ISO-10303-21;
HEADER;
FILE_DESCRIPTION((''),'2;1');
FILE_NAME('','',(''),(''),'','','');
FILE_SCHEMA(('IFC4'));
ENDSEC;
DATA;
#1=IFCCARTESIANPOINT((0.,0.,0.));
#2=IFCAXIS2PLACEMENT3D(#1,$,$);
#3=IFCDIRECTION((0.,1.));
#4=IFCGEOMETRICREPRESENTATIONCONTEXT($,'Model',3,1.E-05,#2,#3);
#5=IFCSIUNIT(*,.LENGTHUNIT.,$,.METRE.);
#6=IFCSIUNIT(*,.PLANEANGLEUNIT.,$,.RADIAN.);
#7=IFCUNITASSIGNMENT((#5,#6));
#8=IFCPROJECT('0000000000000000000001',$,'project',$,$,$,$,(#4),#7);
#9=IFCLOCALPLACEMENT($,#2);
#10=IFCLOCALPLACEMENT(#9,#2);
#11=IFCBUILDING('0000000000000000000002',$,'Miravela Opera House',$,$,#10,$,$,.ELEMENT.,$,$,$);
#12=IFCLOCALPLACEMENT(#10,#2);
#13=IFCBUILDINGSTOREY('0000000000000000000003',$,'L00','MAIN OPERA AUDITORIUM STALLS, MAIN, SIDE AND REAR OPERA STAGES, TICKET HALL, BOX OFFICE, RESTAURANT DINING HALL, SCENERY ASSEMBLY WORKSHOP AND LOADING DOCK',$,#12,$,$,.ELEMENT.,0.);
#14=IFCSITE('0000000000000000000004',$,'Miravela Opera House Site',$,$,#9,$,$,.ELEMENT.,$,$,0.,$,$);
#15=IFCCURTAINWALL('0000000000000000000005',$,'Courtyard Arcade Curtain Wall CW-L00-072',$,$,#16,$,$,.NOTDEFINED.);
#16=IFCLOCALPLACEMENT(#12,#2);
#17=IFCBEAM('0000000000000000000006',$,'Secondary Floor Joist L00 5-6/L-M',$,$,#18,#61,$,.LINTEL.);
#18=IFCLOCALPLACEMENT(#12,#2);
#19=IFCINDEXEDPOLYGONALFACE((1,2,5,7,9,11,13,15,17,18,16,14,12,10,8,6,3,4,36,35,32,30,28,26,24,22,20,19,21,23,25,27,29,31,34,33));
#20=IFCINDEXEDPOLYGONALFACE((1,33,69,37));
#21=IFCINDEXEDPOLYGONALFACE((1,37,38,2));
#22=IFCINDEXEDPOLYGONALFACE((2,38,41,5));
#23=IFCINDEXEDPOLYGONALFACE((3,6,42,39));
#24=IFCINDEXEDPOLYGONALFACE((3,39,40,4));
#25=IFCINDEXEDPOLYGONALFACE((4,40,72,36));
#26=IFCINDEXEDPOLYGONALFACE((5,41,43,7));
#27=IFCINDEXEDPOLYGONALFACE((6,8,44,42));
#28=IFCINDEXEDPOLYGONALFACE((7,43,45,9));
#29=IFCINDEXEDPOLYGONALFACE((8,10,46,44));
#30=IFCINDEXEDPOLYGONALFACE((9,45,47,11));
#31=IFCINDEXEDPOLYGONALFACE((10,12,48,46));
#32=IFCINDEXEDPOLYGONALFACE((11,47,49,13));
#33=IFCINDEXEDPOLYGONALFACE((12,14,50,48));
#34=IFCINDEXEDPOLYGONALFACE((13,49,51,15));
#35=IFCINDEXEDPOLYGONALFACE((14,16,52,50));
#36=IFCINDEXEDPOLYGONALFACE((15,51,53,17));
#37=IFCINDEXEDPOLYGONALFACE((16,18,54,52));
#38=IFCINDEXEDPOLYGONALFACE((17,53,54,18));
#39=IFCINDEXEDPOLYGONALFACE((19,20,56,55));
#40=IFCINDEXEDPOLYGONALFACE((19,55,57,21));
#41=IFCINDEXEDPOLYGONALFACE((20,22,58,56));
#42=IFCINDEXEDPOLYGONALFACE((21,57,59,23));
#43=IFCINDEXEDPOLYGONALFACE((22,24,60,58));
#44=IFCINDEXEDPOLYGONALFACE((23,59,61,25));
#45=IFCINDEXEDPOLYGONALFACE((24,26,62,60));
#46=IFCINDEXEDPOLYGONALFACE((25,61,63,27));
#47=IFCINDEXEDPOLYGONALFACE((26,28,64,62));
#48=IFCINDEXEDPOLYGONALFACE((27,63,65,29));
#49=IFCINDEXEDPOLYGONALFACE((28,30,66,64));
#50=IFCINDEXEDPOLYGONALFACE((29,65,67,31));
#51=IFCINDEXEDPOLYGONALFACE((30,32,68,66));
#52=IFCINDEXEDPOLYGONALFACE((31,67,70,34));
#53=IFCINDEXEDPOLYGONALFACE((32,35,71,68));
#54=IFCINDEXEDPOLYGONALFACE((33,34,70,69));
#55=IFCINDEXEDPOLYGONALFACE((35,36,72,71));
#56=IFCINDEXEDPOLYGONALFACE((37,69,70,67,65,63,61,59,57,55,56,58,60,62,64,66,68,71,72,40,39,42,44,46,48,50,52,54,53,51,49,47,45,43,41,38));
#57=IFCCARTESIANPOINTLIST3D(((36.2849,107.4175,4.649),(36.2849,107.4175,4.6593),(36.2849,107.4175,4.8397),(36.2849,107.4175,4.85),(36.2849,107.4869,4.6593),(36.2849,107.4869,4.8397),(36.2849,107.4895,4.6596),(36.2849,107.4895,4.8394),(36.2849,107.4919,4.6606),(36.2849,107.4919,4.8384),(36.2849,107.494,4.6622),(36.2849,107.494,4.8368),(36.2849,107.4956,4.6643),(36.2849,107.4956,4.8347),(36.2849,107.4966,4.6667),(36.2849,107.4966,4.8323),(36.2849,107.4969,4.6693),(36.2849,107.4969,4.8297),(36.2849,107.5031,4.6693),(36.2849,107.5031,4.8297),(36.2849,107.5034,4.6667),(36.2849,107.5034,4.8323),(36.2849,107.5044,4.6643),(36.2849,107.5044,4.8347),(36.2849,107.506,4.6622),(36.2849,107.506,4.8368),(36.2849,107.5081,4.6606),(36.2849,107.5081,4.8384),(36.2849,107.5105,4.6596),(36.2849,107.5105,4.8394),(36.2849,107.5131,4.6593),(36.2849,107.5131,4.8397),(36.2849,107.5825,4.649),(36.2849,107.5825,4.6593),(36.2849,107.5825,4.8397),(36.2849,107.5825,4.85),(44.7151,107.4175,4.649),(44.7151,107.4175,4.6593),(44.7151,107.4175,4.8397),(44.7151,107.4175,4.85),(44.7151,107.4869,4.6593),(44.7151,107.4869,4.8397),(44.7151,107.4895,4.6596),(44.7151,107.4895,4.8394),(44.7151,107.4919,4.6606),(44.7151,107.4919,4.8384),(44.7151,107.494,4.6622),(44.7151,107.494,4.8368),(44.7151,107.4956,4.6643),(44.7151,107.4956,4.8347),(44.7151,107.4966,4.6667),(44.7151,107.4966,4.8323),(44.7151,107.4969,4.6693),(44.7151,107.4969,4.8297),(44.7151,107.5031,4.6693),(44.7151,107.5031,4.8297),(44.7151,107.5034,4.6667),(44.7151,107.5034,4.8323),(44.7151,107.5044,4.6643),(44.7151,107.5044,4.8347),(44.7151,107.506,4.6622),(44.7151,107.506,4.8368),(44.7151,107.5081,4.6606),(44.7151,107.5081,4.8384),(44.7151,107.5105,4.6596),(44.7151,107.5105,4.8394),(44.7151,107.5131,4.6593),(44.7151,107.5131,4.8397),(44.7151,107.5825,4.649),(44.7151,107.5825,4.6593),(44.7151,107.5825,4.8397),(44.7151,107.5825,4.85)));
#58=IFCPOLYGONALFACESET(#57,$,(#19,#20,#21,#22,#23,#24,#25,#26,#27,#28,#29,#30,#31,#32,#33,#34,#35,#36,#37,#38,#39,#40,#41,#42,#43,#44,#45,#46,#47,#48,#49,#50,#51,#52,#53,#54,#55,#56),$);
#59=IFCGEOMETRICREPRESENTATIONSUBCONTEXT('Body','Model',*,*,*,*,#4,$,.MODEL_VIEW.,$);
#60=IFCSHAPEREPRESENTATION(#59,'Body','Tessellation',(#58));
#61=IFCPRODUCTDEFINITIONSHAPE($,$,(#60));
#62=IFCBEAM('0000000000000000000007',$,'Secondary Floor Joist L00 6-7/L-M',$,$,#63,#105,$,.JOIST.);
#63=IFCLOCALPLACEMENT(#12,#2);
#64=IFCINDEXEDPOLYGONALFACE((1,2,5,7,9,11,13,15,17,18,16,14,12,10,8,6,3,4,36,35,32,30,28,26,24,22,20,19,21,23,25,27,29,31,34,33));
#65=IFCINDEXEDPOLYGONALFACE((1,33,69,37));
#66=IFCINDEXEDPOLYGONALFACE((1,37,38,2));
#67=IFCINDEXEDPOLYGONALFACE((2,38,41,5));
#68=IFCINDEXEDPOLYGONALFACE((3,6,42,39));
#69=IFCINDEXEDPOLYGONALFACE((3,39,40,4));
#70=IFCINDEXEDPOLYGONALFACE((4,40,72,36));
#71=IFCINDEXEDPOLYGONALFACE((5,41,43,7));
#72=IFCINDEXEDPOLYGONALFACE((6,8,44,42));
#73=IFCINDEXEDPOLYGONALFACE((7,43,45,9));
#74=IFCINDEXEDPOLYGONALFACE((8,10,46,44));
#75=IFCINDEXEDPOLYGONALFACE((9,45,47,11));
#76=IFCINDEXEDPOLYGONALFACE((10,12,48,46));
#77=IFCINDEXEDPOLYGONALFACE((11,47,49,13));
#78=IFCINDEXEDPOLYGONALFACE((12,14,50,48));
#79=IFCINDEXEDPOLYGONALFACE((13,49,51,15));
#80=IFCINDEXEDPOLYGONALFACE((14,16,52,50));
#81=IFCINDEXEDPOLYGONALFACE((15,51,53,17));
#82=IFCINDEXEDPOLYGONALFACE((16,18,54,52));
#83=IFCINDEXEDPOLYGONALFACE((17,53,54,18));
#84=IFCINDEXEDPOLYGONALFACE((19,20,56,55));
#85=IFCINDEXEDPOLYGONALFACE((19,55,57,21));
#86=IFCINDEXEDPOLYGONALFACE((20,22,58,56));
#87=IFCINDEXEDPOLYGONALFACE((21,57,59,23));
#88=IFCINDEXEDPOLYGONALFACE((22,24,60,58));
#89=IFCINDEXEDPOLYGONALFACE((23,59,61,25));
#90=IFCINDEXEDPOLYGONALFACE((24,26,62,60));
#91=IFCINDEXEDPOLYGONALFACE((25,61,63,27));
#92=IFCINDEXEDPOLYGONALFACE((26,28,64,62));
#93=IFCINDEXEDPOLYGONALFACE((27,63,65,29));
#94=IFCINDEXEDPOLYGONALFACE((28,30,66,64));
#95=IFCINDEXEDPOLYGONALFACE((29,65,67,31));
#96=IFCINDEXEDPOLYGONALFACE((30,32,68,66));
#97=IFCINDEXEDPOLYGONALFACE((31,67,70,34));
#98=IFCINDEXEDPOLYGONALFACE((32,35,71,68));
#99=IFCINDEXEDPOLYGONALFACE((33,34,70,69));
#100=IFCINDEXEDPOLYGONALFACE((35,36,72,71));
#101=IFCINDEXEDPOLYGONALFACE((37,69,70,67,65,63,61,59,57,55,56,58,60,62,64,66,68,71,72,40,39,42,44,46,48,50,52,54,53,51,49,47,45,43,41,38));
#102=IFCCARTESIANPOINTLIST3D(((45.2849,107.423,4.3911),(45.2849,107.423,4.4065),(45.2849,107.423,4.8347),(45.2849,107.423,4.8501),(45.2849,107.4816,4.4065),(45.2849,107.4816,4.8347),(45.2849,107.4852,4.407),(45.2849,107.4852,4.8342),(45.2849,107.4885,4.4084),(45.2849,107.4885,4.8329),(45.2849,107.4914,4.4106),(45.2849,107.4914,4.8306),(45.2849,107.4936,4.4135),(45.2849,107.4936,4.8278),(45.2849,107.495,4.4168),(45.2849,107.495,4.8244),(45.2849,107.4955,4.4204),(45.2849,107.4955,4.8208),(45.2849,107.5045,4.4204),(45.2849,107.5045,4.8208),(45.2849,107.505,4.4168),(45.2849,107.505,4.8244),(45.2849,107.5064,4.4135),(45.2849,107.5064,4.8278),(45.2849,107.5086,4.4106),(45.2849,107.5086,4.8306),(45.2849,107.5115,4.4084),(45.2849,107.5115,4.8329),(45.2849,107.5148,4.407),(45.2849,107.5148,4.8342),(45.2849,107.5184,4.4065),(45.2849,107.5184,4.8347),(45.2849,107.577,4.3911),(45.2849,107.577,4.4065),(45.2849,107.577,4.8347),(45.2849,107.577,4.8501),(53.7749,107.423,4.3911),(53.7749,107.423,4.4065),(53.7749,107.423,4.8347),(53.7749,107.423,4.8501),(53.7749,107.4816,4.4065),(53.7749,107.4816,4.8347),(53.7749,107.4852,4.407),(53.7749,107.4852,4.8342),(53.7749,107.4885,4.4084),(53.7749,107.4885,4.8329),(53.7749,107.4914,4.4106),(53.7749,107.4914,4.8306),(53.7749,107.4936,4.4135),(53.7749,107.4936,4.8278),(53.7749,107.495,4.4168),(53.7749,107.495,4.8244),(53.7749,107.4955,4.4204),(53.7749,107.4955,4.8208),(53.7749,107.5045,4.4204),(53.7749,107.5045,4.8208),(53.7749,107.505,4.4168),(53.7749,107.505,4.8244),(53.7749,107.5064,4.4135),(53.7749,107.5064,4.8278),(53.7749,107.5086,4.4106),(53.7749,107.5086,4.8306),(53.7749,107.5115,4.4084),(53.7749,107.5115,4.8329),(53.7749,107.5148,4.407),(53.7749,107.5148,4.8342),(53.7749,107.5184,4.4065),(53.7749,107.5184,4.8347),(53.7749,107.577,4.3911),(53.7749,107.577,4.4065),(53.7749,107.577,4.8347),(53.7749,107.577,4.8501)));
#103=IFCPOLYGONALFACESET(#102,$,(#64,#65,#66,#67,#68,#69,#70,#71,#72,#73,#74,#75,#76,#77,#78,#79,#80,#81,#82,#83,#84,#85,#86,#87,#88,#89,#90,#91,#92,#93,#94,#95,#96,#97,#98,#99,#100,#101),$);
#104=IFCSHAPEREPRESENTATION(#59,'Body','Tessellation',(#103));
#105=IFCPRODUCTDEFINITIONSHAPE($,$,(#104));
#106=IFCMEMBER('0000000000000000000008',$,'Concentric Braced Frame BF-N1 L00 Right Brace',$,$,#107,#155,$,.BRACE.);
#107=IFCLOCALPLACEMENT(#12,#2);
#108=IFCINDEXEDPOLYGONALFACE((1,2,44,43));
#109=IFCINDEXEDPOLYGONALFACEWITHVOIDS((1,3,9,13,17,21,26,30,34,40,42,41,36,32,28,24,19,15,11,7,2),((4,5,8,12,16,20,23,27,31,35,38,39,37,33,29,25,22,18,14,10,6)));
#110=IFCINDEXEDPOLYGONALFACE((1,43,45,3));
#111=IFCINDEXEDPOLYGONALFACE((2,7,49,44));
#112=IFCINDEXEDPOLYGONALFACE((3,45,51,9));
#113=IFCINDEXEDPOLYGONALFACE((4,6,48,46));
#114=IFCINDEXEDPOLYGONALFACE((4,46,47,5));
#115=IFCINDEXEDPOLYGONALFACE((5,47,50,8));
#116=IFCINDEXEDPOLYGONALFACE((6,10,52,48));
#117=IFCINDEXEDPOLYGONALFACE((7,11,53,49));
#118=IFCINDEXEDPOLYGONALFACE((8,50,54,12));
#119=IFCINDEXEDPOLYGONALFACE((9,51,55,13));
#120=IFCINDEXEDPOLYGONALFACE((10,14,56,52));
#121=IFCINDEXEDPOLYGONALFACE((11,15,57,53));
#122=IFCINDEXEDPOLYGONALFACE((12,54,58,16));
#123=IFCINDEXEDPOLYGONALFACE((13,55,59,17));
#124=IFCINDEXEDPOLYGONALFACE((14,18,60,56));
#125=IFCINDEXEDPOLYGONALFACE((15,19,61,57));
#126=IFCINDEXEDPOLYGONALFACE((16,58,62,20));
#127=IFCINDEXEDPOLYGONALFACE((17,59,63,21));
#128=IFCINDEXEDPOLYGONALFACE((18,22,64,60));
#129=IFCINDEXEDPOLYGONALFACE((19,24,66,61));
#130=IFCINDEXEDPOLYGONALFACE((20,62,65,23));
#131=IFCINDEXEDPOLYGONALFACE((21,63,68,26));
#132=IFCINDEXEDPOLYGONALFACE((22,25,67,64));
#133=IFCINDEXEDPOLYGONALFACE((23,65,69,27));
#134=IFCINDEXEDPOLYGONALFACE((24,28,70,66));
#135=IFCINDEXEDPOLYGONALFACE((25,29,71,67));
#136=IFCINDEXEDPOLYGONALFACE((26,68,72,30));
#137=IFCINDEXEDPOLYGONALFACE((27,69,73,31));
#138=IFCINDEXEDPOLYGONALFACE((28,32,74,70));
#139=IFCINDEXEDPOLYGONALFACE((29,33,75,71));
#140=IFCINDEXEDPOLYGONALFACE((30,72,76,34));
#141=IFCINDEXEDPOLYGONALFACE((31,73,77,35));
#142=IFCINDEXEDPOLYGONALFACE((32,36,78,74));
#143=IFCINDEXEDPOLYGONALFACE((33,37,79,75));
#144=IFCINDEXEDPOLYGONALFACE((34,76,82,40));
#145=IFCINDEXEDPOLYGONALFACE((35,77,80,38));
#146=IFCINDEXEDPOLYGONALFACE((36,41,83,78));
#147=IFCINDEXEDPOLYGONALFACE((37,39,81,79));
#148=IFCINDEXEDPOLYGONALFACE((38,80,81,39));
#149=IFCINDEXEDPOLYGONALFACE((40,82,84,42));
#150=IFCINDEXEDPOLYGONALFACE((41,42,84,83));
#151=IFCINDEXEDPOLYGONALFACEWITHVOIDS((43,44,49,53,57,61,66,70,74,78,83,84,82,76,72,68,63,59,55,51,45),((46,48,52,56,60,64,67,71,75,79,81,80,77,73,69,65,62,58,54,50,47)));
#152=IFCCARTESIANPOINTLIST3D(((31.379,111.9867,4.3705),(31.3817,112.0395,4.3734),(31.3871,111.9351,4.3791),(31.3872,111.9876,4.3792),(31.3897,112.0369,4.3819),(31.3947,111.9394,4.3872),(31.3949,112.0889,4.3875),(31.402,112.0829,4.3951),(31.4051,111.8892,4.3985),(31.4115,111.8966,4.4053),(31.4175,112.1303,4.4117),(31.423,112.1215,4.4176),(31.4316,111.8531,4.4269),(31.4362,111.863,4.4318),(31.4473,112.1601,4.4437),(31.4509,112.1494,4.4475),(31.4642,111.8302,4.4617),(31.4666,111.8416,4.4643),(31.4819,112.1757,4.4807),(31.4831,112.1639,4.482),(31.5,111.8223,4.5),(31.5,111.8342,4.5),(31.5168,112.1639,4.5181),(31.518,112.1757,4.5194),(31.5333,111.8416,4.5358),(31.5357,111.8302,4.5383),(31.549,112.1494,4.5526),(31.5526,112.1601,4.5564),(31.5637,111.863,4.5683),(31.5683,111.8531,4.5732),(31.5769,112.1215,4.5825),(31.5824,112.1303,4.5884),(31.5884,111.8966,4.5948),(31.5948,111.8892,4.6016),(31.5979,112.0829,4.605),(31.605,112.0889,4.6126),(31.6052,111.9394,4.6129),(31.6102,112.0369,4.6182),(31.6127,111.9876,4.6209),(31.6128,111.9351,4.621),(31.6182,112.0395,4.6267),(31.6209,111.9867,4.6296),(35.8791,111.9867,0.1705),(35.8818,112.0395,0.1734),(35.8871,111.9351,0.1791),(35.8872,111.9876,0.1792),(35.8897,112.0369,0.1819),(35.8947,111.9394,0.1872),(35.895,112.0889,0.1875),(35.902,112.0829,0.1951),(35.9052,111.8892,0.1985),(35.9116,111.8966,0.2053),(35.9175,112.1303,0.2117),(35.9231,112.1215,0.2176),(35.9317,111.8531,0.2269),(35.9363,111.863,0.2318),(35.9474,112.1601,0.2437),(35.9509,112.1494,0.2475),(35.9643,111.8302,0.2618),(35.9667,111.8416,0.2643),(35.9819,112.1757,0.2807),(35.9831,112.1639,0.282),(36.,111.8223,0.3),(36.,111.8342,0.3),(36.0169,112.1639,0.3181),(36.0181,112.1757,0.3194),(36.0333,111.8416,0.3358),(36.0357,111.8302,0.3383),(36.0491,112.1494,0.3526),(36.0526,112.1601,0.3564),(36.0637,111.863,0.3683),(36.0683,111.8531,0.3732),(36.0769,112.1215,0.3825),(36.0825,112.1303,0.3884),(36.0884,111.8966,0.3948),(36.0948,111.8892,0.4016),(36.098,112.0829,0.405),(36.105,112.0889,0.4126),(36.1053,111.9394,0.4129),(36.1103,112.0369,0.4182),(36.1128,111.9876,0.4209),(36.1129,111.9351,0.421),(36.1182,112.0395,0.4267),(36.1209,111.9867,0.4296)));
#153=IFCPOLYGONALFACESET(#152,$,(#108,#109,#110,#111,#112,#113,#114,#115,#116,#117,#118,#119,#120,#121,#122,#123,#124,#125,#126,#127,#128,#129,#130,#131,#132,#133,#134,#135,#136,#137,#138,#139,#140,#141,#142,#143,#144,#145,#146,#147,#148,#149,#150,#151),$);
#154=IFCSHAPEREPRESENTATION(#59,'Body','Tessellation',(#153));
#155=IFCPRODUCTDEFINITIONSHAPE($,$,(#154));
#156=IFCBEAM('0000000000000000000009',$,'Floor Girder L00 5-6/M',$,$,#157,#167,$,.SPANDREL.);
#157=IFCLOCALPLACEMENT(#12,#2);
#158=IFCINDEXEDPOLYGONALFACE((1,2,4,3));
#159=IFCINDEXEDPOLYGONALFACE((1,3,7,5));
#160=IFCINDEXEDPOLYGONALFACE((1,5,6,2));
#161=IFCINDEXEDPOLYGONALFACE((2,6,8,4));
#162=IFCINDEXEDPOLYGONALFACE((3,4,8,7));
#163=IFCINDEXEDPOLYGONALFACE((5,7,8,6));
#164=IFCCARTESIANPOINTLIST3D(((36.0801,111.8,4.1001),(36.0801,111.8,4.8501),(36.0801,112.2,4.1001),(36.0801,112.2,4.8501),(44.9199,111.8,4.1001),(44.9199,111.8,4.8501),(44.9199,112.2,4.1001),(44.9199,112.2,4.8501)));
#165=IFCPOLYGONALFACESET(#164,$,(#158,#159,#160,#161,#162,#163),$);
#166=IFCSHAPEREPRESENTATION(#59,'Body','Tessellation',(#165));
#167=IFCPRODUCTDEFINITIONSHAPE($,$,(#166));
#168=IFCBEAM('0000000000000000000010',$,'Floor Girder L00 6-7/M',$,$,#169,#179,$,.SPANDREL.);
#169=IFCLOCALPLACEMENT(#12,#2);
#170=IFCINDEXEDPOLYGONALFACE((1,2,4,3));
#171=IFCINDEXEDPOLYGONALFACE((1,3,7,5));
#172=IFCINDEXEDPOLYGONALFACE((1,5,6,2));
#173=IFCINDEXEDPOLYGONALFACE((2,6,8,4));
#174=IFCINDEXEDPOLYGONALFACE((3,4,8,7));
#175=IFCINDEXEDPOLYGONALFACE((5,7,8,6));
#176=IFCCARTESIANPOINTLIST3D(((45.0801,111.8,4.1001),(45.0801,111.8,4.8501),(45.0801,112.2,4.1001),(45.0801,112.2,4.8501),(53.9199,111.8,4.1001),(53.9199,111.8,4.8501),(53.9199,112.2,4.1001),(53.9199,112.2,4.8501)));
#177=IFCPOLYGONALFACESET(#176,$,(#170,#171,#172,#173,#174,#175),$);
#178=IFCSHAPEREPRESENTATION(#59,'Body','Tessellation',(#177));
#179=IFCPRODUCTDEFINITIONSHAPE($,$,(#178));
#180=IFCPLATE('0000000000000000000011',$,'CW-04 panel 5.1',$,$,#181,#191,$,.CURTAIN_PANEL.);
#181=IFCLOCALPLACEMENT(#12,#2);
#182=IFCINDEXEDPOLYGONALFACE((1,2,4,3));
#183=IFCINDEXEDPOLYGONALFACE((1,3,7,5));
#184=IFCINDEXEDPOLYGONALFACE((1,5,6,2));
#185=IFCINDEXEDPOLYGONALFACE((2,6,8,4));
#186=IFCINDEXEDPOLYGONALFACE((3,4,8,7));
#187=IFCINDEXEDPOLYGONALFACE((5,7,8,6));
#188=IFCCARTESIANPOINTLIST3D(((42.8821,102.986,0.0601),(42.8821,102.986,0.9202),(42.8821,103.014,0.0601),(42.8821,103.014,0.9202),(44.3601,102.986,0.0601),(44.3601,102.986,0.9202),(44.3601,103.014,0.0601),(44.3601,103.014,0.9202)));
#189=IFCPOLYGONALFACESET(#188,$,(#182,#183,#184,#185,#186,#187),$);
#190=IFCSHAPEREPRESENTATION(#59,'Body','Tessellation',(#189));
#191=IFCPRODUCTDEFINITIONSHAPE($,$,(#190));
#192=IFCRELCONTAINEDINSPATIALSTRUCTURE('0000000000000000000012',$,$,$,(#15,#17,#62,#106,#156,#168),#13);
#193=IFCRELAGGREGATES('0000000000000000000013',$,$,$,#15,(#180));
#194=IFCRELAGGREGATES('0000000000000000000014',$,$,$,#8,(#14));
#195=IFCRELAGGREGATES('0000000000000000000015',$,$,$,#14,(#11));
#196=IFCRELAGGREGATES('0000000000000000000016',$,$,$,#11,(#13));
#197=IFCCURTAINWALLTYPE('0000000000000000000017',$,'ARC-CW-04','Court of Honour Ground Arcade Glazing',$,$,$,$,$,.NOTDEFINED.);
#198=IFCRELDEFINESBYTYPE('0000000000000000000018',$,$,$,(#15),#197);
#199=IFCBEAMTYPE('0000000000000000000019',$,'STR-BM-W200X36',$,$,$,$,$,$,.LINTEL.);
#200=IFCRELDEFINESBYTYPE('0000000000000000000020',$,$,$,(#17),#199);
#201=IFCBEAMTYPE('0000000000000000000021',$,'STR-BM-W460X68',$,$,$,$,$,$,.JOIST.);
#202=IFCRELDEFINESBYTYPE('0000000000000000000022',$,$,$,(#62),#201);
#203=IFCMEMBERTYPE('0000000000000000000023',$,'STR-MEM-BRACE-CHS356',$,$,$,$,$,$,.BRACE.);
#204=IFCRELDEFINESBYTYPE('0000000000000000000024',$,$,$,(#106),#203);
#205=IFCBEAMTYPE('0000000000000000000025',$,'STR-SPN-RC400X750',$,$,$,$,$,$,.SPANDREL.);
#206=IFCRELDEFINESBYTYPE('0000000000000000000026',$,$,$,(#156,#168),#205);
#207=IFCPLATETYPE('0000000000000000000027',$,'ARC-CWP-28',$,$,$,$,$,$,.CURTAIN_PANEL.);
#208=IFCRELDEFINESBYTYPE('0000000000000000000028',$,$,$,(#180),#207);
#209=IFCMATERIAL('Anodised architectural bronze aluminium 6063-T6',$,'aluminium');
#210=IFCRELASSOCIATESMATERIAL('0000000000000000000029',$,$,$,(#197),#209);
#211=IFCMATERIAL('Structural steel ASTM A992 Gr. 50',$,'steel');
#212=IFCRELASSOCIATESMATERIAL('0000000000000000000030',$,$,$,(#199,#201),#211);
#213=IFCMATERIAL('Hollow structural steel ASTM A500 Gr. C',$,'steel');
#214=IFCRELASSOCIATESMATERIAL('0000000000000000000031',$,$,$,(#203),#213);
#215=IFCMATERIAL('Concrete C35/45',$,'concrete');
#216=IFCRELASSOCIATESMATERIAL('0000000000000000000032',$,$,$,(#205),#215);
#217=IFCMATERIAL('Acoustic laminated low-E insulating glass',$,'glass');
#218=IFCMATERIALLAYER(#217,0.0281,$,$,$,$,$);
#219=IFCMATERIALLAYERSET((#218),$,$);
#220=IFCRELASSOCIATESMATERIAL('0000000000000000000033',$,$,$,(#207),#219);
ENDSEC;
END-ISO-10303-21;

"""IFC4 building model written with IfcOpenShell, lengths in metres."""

from ifc_helpers import new_model, si_unit, direction, frame, origin, origin_2d, place, context, subcontext, project, spatial, rectangle, hollow_circle, i_section, extrude, material, layer, layer_set, material_profile, profile_set, type_object, element, aggregate, save


model = new_model("IFC4")

# Units and contexts
model_context = context("Model", 3, precision=1e-05, world=origin(), true_north=direction((0.0, 1.0)))
body_context = subcontext(model_context, "Body", "Model", "MODEL_VIEW")
ifc_project = project(units=[si_unit("LENGTHUNIT", "METRE"), si_unit("PLANEANGLEUNIT", "RADIAN")], contexts=[model_context])

# Site, building, storey
site_placement = place(None, origin())
site = spatial("IfcSite", under=ifc_project, at=site_placement, Name="Miravela Opera House Site", CompositionType="ELEMENT", RefElevation=0.0)
building_placement = place(site_placement, origin())
building = spatial("IfcBuilding", under=site, at=building_placement, Name="Miravela Opera House", CompositionType="ELEMENT")
storey_placement = place(building_placement, origin())
storey = spatial("IfcBuildingStorey", under=building, at=storey_placement, Name="L00", Description="MAIN OPERA AUDITORIUM STALLS, MAIN, SIDE AND REAR OPERA STAGES, TICKET HALL, BOX OFFICE, RESTAURANT DINING HALL, SCENERY ASSEMBLY WORKSHOP AND LOADING DOCK", CompositionType="ELEMENT", Elevation=0.0)

# Curtain wall
ifc_material_1 = material(Name="Anodised architectural bronze aluminium 6063-T6", Category="aluminium")
curtain_wall_type = type_object("IfcCurtainWallType", Name="ARC-CW-04", Description="Court of Honour Ground Arcade Glazing", PredefinedType="NOTDEFINED", material=ifc_material_1)
curtain_wall_1_placement = place(storey_placement, origin())
curtain_wall_1 = element("IfcCurtainWall", 1, at=curtain_wall_1_placement, inside=storey, type_object=curtain_wall_type, Name="Courtyard Arcade Curtain Wall CW-L00-072", PredefinedType="NOTDEFINED")

# Beams
ifc_material_2 = material(Name="Structural steel ASTM A992 Gr. 50", Category="steel")
ifc_material_profile_1 = material_profile(ifc_material_2, i_section(OverallWidth=0.165, OverallDepth=0.2009, WebThickness=0.0061, FlangeThickness=0.0103, FilletRadius=0.01, at=origin_2d()), Name="W200X36")
ifc_profile_set_1 = profile_set([ifc_material_profile_1])
beam_type_1 = type_object("IfcBeamType", Name="STR-BM-W200X36", PredefinedType="LINTEL", material=ifc_profile_set_1)
beam_1_placement = place(storey_placement, frame((36.2849, 107.5, 4.7495), z_axis=(1.0, 0.0, 0.0), x_axis=(0.0, 1.0, 0.0)))
element("IfcBeam", 2, at=beam_1_placement, inside=storey, type_object=beam_type_1, Name="Secondary Floor Joist L00 5-6/L-M", PredefinedType="LINTEL", context=body_context, shape_type="SweptSolid", body=[
    extrude(i_section(OverallWidth=0.165, OverallDepth=0.2009, WebThickness=0.0061, FlangeThickness=0.0103, FilletRadius=0.01, at=origin_2d()), origin(), (0.0, 0.0, 1.0), 8.4302),
])
ifc_material_profile_2 = material_profile(ifc_material_2, i_section(OverallWidth=0.1541, OverallDepth=0.459, WebThickness=0.009, FlangeThickness=0.0154, FilletRadius=0.0139, at=origin_2d()), Name="W460X68")
ifc_profile_set_2 = profile_set([ifc_material_profile_2])
beam_type_2 = type_object("IfcBeamType", Name="STR-BM-W460X68", PredefinedType="JOIST", material=ifc_profile_set_2)
beam_2_placement = place(storey_placement, frame((45.2849, 107.5, 4.6206), z_axis=(1.0, 0.0, 0.0), x_axis=(0.0, 1.0, 0.0)))
element("IfcBeam", 3, at=beam_2_placement, inside=storey, type_object=beam_type_2, Name="Secondary Floor Joist L00 6-7/L-M", PredefinedType="JOIST", context=body_context, shape_type="SweptSolid", body=[
    extrude(i_section(OverallWidth=0.1541, OverallDepth=0.459, WebThickness=0.009, FlangeThickness=0.0154, FilletRadius=0.0139, at=origin_2d()), origin(), (0.0, 0.0, 1.0), 8.49),
])

# Member
ifc_material_3 = material(Name="Hollow structural steel ASTM A500 Gr. C", Category="steel")
ifc_material_profile_3 = material_profile(ifc_material_3, hollow_circle(Radius=0.1777, WallThickness=0.012, at=origin_2d()), Name="CHS356X12")
ifc_profile_set_3 = profile_set([ifc_material_profile_3])
member_type_1 = type_object("IfcMemberType", Name="STR-MEM-BRACE-CHS356", PredefinedType="BRACE", material=ifc_profile_set_3)
member_1_placement = place(storey_placement, frame((36.0, 112.0, 0.3), z_axis=(-0.731059, 0.0, 0.682314), x_axis=(0.0, -1.0, 0.0)))
element("IfcMember", 4, at=member_1_placement, inside=storey, type_object=member_type_1, Name="Concentric Braced Frame BF-N1 L00 Right Brace", PredefinedType="BRACE", context=body_context, shape_type="SweptSolid", body=[
    extrude(hollow_circle(Radius=0.1777, WallThickness=0.012, at=origin_2d()), origin(), (0.0, 0.0, 1.0), 6.1555),
])

# Beams
ifc_material_4 = material(Name="Concrete C35/45", Category="concrete")
ifc_material_profile_4 = material_profile(ifc_material_4, rectangle(XDim=0.3999, YDim=0.75, at=origin_2d()), Name="RC-SPN-400X750")
ifc_profile_set_4 = profile_set([ifc_material_profile_4])
beam_type_3 = type_object("IfcBeamType", Name="STR-SPN-RC400X750", PredefinedType="SPANDREL", material=ifc_profile_set_4)
for number, where, z_axis, x_axis, name in (
    (5, (36.0801, 112.0, 4.4751), (1.0, 0.0, 0.0), (0.0, 1.0, 0.0), "Floor Girder L00 5-6/M"),
    (6, (45.0801, 112.0, 4.4751), (1.0, 0.0, 0.0), (0.0, 1.0, 0.0), "Floor Girder L00 6-7/M"),
):
    element("IfcBeam", number, at=place(storey_placement, frame(where, z_axis=z_axis, x_axis=x_axis)), inside=storey, type_object=beam_type_3, Name=name, PredefinedType="SPANDREL", context=body_context, shape_type="SweptSolid", body=[
        extrude(rectangle(XDim=0.3999, YDim=0.75, at=origin_2d()), origin(), (0.0, 0.0, 1.0), 8.8398),
    ])

# Plate
ifc_material_5 = material(Name="Acoustic laminated low-E insulating glass", Category="glass")
ifc_layer_1 = layer(ifc_material_5, 0.0281)
ifc_layer_set_1 = layer_set([ifc_layer_1])
plate_type_1 = type_object("IfcPlateType", Name="ARC-CWP-28", PredefinedType="CURTAIN_PANEL", material=ifc_layer_set_1)
plate_1_placement = place(storey_placement, frame((43.6211, 103.0, 0.0601), z_axis=(0.0, 0.0, 1.0), x_axis=(1.0, 0.0, 0.0)))
plate_1 = element("IfcPlate", 7, at=plate_1_placement, type_object=plate_type_1, Name="CW-04 panel 5.1", PredefinedType="CURTAIN_PANEL", context=body_context, shape_type="SweptSolid", body=[
    extrude(rectangle(XDim=1.478, YDim=0.0281, at=origin_2d()), origin(), (0.0, 0.0, 1.0), 0.8601),
])
aggregate(curtain_wall_1, [plate_1])

save(model, "model.ifc")
